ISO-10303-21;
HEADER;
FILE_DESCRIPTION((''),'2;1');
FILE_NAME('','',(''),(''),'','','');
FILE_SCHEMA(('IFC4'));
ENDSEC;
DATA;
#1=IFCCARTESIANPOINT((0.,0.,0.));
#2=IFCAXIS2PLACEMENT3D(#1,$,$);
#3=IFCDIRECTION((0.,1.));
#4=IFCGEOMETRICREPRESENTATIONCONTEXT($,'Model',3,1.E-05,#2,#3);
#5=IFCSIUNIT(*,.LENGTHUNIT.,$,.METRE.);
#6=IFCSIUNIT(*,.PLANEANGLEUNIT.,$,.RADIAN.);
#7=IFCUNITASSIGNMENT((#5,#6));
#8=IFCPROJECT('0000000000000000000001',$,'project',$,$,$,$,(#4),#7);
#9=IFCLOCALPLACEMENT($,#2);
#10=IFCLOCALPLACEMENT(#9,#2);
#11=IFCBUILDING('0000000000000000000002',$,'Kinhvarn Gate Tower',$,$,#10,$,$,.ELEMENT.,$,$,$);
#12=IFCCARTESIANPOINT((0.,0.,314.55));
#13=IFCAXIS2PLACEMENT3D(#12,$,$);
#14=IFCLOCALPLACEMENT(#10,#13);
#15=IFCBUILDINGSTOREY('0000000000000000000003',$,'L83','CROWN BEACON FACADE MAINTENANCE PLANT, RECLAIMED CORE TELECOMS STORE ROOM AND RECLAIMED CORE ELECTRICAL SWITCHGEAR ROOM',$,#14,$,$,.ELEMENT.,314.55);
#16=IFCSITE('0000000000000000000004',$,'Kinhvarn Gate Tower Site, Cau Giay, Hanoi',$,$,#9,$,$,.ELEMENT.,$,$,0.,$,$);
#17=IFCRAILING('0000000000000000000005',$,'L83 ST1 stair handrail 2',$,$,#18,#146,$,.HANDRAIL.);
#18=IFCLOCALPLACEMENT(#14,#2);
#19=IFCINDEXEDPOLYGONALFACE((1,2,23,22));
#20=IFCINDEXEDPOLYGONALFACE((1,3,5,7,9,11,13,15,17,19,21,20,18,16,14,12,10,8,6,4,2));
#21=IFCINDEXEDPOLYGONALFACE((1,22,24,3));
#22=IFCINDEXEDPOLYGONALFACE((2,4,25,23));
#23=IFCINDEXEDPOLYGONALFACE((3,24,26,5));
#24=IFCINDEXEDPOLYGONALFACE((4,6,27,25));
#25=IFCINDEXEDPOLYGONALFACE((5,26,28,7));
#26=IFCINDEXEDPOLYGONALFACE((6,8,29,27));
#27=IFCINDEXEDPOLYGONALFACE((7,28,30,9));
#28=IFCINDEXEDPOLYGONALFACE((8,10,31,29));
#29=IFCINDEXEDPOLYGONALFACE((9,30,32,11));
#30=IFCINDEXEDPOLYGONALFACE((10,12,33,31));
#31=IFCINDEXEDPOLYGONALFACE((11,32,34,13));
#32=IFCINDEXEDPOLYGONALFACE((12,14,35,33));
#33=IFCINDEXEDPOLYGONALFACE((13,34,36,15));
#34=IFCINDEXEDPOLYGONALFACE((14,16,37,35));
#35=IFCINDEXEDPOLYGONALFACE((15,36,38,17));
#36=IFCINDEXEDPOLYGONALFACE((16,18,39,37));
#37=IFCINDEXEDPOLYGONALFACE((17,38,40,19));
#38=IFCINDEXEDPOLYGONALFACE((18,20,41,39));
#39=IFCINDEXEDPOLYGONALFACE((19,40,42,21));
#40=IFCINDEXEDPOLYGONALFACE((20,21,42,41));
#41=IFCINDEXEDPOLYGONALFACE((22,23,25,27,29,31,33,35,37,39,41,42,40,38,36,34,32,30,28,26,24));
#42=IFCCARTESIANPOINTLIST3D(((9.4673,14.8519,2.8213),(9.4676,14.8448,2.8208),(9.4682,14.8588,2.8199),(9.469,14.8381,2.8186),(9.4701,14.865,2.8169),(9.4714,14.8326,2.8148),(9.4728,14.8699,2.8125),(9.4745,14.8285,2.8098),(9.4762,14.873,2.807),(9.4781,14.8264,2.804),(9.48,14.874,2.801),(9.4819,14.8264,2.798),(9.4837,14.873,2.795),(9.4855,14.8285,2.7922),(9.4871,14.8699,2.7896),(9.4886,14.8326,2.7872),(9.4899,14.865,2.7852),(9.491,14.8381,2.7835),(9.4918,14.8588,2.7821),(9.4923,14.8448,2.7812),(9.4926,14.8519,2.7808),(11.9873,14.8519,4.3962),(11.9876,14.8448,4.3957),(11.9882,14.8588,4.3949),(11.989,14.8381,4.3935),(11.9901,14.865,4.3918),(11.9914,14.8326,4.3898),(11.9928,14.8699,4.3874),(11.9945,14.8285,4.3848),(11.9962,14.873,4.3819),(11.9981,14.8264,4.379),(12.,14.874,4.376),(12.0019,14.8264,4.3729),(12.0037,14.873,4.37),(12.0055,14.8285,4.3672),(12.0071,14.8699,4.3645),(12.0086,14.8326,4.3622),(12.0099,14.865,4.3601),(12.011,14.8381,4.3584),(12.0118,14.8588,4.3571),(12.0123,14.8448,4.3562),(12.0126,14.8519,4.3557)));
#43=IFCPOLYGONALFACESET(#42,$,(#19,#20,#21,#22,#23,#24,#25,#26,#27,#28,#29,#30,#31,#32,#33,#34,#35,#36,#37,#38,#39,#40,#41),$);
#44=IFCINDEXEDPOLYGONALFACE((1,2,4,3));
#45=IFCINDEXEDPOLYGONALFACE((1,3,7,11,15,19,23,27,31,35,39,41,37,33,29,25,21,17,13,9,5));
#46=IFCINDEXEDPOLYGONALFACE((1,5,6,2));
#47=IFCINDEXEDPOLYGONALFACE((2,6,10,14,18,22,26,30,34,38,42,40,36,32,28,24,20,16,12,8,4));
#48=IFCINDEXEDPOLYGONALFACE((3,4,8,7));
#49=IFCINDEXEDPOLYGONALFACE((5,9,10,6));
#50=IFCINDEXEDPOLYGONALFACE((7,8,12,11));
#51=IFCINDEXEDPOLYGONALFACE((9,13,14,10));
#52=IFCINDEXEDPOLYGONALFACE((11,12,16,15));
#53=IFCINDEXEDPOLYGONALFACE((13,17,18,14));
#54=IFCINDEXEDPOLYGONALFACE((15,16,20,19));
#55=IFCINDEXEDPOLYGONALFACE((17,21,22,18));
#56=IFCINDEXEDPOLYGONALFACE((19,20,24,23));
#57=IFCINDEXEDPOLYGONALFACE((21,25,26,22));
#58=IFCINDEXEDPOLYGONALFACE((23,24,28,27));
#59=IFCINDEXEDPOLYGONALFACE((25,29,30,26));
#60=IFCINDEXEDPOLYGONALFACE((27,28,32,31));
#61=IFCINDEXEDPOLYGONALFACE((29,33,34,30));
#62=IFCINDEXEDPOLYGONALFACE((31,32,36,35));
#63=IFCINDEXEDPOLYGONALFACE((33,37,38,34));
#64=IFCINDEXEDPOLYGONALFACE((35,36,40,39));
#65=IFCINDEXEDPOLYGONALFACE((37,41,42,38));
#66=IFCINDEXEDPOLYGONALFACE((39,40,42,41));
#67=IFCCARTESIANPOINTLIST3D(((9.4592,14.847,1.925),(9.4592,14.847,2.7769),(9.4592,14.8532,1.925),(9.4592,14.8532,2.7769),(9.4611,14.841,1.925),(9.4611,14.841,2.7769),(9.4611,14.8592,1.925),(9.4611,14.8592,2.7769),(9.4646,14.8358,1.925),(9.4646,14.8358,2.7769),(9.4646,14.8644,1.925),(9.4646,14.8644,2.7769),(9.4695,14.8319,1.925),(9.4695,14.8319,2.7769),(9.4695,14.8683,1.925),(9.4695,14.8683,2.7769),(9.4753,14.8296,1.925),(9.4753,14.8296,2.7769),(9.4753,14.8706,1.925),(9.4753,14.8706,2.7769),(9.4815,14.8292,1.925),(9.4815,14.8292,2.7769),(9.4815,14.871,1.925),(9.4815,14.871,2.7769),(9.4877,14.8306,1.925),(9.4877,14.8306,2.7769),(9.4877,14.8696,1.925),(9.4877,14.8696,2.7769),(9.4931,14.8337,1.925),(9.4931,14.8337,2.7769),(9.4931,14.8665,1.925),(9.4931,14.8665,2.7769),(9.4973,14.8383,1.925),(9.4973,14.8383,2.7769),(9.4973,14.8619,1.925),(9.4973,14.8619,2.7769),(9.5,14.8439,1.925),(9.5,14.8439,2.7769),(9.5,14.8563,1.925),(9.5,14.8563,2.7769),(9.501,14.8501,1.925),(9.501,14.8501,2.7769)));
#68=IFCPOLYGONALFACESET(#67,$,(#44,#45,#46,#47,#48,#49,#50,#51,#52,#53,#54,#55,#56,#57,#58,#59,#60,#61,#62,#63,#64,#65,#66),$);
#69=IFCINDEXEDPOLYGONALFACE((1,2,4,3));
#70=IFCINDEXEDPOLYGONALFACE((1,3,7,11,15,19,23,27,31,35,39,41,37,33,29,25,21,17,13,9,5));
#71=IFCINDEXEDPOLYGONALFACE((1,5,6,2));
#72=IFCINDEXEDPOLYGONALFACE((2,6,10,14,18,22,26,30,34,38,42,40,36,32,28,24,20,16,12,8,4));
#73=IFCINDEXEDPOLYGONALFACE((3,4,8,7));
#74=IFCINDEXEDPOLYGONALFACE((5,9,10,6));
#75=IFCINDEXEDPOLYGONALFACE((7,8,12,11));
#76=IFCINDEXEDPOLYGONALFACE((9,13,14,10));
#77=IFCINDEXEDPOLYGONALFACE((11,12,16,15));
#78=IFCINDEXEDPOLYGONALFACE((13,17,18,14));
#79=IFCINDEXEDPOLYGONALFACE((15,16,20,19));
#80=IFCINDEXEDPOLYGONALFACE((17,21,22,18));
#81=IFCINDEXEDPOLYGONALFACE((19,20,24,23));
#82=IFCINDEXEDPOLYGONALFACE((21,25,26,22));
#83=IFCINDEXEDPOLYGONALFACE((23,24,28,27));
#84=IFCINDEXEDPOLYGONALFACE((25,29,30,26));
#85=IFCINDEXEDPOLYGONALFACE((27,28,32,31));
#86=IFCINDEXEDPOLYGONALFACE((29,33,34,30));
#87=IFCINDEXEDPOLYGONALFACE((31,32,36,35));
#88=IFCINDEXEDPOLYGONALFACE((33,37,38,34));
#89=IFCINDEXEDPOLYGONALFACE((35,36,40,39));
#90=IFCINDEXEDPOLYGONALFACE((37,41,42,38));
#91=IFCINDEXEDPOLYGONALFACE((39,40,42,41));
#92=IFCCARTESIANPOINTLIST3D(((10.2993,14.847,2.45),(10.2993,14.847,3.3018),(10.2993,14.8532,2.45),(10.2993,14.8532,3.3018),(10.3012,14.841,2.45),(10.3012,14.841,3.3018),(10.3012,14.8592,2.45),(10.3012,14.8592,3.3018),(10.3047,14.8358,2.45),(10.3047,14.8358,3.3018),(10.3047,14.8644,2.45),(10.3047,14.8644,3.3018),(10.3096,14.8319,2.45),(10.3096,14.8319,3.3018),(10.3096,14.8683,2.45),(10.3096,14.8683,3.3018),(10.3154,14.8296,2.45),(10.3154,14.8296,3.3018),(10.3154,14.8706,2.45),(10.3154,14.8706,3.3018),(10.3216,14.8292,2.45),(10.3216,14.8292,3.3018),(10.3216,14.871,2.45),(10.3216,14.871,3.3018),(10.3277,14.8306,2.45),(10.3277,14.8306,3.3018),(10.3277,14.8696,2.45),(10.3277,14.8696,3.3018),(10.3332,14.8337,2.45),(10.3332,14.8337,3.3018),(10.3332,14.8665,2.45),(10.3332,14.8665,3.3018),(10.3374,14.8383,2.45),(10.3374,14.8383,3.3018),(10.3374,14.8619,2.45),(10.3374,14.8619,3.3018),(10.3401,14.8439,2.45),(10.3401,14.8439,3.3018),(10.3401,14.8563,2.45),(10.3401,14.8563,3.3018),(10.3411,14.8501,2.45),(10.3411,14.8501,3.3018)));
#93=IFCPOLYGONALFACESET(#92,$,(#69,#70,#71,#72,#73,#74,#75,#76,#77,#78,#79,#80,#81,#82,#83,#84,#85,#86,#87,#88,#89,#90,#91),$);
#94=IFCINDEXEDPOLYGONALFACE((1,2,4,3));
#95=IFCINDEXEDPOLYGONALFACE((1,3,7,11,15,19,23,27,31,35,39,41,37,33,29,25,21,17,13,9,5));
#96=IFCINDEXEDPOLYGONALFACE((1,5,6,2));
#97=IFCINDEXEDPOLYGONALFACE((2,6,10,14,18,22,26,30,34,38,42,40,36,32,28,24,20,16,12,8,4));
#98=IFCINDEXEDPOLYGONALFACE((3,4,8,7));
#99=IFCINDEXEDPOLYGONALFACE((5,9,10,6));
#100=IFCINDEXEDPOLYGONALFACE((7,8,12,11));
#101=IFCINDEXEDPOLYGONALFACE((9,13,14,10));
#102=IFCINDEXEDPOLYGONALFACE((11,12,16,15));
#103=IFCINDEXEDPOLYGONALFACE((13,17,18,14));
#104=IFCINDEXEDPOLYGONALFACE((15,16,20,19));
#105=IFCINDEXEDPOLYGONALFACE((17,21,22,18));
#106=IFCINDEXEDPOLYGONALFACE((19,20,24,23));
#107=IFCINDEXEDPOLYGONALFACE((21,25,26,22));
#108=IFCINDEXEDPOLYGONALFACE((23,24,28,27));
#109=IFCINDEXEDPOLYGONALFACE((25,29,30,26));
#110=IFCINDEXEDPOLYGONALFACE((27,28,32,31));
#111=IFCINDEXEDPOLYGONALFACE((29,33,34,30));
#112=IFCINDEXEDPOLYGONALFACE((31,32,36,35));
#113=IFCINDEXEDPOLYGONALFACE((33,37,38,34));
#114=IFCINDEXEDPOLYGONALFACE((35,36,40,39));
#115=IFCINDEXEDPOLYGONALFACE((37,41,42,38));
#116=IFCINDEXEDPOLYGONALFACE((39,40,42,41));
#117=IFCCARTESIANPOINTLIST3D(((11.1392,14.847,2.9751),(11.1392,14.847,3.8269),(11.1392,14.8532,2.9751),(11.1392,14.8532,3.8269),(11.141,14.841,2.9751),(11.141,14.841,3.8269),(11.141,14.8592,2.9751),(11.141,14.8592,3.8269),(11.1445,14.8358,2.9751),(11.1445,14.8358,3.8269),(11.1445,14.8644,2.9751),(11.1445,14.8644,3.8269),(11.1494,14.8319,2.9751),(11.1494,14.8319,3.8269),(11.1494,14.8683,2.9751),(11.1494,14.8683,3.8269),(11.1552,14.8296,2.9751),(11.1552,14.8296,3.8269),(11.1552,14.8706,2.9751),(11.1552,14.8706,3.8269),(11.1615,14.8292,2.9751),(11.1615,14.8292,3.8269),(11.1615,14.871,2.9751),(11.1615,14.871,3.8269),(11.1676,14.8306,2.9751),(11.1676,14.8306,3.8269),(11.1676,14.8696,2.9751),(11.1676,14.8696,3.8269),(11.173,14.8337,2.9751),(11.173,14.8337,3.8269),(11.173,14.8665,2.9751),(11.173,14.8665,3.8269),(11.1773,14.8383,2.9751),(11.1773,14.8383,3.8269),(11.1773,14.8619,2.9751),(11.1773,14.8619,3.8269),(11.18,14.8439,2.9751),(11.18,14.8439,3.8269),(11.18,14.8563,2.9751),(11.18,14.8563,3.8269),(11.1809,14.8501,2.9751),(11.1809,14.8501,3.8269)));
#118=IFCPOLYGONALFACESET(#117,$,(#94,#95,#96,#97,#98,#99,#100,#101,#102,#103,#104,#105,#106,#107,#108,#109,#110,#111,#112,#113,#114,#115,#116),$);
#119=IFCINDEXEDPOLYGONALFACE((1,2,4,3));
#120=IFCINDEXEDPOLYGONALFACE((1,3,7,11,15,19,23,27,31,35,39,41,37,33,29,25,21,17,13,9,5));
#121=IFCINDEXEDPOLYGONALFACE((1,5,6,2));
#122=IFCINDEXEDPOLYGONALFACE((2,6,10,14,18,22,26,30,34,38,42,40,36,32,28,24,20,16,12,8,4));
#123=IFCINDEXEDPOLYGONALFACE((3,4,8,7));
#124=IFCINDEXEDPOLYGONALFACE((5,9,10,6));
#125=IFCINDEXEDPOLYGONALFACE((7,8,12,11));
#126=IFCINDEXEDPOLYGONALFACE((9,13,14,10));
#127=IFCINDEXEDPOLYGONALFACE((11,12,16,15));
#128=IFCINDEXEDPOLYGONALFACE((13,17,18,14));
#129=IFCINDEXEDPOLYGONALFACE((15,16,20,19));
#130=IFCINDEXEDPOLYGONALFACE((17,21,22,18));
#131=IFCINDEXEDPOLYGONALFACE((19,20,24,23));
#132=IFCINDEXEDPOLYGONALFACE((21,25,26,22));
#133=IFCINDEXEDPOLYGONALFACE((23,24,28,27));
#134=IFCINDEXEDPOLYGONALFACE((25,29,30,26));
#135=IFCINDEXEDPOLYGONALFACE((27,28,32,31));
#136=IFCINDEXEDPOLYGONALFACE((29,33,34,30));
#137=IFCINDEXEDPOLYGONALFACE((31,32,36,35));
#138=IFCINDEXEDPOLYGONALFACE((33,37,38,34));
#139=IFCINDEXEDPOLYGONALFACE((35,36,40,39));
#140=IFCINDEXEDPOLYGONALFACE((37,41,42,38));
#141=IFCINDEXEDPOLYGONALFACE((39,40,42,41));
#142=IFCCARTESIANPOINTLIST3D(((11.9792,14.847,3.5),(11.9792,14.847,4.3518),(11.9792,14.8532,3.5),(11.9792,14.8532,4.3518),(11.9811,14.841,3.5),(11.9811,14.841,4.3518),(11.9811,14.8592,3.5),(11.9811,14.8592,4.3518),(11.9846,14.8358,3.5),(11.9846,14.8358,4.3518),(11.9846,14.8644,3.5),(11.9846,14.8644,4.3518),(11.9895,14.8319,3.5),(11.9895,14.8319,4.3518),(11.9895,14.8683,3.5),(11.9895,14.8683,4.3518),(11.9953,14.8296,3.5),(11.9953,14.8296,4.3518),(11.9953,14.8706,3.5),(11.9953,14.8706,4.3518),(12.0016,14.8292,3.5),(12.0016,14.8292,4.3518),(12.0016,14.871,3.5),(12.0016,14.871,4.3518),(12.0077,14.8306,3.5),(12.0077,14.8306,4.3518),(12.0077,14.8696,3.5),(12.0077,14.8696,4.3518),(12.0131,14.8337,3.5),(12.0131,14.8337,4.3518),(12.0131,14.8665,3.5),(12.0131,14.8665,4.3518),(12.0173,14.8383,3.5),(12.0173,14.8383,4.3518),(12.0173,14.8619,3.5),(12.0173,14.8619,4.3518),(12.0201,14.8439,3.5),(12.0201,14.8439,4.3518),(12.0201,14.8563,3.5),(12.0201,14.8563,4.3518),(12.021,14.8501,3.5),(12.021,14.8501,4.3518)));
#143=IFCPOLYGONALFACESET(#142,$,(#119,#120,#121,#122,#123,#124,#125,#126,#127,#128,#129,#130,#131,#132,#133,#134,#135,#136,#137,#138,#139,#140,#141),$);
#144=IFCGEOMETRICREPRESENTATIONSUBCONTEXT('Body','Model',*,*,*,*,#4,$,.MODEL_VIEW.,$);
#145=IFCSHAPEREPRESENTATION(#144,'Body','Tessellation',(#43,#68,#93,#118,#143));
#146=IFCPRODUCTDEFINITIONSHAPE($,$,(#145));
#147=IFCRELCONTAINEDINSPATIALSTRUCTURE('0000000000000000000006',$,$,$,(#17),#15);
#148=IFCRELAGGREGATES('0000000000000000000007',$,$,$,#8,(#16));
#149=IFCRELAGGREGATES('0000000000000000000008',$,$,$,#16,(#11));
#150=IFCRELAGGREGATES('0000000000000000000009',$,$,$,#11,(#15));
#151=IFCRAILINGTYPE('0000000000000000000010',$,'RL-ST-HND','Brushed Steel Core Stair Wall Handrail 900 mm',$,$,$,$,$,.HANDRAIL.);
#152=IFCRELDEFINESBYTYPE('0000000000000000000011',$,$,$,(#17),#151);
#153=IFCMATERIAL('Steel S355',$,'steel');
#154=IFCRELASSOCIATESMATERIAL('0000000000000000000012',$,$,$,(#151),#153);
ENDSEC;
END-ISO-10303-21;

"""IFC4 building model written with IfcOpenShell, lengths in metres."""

from ifc_helpers import new_model, si_unit, direction, frame, origin, origin_2d, place, context, subcontext, project, spatial, circle, extrude, material, type_object, element, save


model = new_model("IFC4")

# Units and contexts
model_context = context("Model", 3, precision=1e-05, world=origin(), true_north=direction((0.0, 1.0)))
body_context = subcontext(model_context, "Body", "Model", "MODEL_VIEW")
ifc_project = project(units=[si_unit("LENGTHUNIT", "METRE"), si_unit("PLANEANGLEUNIT", "RADIAN")], contexts=[model_context])

# Site, building, storey
site_placement = place(None, origin())
site = spatial("IfcSite", under=ifc_project, at=site_placement, Name="Kinhvarn Gate Tower Site, Cau Giay, Hanoi", CompositionType="ELEMENT", RefElevation=0.0)
building_placement = place(site_placement, origin())
building = spatial("IfcBuilding", under=site, at=building_placement, Name="Kinhvarn Gate Tower", CompositionType="ELEMENT")
storey_placement = place(building_placement, frame((0.0, 0.0, 314.55)))
storey = spatial("IfcBuildingStorey", under=building, at=storey_placement, Name="L83", Description="CROWN BEACON FACADE MAINTENANCE PLANT, RECLAIMED CORE TELECOMS STORE ROOM AND RECLAIMED CORE ELECTRICAL SWITCHGEAR ROOM", CompositionType="ELEMENT", Elevation=314.55)

# Railing
ifc_material_1 = material(Name="Steel S355", Category="steel")
railing_type_1 = type_object("IfcRailingType", Name="RL-ST-HND", Description="Brushed Steel Core Stair Wall Handrail 900 mm", PredefinedType="HANDRAIL", material=ifc_material_1)
railing_1_placement = place(storey_placement, frame((9.48, 14.8501, 1.925)))
element("IfcRailing", 1, at=railing_1_placement, inside=storey, type_object=railing_type_1, Name="L83 ST1 stair handrail 2", PredefinedType="HANDRAIL", context=body_context, shape_type="SweptSolid", body=[
    extrude(circle(Radius=0.0239, at=origin_2d()), frame((0.0, 0.0, 0.876), z_axis=(0.848008, 0.0, 0.529984), x_axis=(0.0, 1.0, 0.0)), (0.0, 0.0, 1.0), 2.9717),
    extrude(circle(Radius=0.021, at=origin_2d()), origin(), (0.0, 0.0, 1.0), 0.8518),
    extrude(circle(Radius=0.021, at=origin_2d()), frame((0.8401, 0.0, 0.5249)), (0.0, 0.0, 1.0), 0.8518),
    extrude(circle(Radius=0.021, at=origin_2d()), frame((1.6799, 0.0, 1.05)), (0.0, 0.0, 1.0), 0.8518),
    extrude(circle(Radius=0.021, at=origin_2d()), frame((2.52, 0.0, 1.575)), (0.0, 0.0, 1.0), 0.8518),
])

save(model, "model.ifc")
